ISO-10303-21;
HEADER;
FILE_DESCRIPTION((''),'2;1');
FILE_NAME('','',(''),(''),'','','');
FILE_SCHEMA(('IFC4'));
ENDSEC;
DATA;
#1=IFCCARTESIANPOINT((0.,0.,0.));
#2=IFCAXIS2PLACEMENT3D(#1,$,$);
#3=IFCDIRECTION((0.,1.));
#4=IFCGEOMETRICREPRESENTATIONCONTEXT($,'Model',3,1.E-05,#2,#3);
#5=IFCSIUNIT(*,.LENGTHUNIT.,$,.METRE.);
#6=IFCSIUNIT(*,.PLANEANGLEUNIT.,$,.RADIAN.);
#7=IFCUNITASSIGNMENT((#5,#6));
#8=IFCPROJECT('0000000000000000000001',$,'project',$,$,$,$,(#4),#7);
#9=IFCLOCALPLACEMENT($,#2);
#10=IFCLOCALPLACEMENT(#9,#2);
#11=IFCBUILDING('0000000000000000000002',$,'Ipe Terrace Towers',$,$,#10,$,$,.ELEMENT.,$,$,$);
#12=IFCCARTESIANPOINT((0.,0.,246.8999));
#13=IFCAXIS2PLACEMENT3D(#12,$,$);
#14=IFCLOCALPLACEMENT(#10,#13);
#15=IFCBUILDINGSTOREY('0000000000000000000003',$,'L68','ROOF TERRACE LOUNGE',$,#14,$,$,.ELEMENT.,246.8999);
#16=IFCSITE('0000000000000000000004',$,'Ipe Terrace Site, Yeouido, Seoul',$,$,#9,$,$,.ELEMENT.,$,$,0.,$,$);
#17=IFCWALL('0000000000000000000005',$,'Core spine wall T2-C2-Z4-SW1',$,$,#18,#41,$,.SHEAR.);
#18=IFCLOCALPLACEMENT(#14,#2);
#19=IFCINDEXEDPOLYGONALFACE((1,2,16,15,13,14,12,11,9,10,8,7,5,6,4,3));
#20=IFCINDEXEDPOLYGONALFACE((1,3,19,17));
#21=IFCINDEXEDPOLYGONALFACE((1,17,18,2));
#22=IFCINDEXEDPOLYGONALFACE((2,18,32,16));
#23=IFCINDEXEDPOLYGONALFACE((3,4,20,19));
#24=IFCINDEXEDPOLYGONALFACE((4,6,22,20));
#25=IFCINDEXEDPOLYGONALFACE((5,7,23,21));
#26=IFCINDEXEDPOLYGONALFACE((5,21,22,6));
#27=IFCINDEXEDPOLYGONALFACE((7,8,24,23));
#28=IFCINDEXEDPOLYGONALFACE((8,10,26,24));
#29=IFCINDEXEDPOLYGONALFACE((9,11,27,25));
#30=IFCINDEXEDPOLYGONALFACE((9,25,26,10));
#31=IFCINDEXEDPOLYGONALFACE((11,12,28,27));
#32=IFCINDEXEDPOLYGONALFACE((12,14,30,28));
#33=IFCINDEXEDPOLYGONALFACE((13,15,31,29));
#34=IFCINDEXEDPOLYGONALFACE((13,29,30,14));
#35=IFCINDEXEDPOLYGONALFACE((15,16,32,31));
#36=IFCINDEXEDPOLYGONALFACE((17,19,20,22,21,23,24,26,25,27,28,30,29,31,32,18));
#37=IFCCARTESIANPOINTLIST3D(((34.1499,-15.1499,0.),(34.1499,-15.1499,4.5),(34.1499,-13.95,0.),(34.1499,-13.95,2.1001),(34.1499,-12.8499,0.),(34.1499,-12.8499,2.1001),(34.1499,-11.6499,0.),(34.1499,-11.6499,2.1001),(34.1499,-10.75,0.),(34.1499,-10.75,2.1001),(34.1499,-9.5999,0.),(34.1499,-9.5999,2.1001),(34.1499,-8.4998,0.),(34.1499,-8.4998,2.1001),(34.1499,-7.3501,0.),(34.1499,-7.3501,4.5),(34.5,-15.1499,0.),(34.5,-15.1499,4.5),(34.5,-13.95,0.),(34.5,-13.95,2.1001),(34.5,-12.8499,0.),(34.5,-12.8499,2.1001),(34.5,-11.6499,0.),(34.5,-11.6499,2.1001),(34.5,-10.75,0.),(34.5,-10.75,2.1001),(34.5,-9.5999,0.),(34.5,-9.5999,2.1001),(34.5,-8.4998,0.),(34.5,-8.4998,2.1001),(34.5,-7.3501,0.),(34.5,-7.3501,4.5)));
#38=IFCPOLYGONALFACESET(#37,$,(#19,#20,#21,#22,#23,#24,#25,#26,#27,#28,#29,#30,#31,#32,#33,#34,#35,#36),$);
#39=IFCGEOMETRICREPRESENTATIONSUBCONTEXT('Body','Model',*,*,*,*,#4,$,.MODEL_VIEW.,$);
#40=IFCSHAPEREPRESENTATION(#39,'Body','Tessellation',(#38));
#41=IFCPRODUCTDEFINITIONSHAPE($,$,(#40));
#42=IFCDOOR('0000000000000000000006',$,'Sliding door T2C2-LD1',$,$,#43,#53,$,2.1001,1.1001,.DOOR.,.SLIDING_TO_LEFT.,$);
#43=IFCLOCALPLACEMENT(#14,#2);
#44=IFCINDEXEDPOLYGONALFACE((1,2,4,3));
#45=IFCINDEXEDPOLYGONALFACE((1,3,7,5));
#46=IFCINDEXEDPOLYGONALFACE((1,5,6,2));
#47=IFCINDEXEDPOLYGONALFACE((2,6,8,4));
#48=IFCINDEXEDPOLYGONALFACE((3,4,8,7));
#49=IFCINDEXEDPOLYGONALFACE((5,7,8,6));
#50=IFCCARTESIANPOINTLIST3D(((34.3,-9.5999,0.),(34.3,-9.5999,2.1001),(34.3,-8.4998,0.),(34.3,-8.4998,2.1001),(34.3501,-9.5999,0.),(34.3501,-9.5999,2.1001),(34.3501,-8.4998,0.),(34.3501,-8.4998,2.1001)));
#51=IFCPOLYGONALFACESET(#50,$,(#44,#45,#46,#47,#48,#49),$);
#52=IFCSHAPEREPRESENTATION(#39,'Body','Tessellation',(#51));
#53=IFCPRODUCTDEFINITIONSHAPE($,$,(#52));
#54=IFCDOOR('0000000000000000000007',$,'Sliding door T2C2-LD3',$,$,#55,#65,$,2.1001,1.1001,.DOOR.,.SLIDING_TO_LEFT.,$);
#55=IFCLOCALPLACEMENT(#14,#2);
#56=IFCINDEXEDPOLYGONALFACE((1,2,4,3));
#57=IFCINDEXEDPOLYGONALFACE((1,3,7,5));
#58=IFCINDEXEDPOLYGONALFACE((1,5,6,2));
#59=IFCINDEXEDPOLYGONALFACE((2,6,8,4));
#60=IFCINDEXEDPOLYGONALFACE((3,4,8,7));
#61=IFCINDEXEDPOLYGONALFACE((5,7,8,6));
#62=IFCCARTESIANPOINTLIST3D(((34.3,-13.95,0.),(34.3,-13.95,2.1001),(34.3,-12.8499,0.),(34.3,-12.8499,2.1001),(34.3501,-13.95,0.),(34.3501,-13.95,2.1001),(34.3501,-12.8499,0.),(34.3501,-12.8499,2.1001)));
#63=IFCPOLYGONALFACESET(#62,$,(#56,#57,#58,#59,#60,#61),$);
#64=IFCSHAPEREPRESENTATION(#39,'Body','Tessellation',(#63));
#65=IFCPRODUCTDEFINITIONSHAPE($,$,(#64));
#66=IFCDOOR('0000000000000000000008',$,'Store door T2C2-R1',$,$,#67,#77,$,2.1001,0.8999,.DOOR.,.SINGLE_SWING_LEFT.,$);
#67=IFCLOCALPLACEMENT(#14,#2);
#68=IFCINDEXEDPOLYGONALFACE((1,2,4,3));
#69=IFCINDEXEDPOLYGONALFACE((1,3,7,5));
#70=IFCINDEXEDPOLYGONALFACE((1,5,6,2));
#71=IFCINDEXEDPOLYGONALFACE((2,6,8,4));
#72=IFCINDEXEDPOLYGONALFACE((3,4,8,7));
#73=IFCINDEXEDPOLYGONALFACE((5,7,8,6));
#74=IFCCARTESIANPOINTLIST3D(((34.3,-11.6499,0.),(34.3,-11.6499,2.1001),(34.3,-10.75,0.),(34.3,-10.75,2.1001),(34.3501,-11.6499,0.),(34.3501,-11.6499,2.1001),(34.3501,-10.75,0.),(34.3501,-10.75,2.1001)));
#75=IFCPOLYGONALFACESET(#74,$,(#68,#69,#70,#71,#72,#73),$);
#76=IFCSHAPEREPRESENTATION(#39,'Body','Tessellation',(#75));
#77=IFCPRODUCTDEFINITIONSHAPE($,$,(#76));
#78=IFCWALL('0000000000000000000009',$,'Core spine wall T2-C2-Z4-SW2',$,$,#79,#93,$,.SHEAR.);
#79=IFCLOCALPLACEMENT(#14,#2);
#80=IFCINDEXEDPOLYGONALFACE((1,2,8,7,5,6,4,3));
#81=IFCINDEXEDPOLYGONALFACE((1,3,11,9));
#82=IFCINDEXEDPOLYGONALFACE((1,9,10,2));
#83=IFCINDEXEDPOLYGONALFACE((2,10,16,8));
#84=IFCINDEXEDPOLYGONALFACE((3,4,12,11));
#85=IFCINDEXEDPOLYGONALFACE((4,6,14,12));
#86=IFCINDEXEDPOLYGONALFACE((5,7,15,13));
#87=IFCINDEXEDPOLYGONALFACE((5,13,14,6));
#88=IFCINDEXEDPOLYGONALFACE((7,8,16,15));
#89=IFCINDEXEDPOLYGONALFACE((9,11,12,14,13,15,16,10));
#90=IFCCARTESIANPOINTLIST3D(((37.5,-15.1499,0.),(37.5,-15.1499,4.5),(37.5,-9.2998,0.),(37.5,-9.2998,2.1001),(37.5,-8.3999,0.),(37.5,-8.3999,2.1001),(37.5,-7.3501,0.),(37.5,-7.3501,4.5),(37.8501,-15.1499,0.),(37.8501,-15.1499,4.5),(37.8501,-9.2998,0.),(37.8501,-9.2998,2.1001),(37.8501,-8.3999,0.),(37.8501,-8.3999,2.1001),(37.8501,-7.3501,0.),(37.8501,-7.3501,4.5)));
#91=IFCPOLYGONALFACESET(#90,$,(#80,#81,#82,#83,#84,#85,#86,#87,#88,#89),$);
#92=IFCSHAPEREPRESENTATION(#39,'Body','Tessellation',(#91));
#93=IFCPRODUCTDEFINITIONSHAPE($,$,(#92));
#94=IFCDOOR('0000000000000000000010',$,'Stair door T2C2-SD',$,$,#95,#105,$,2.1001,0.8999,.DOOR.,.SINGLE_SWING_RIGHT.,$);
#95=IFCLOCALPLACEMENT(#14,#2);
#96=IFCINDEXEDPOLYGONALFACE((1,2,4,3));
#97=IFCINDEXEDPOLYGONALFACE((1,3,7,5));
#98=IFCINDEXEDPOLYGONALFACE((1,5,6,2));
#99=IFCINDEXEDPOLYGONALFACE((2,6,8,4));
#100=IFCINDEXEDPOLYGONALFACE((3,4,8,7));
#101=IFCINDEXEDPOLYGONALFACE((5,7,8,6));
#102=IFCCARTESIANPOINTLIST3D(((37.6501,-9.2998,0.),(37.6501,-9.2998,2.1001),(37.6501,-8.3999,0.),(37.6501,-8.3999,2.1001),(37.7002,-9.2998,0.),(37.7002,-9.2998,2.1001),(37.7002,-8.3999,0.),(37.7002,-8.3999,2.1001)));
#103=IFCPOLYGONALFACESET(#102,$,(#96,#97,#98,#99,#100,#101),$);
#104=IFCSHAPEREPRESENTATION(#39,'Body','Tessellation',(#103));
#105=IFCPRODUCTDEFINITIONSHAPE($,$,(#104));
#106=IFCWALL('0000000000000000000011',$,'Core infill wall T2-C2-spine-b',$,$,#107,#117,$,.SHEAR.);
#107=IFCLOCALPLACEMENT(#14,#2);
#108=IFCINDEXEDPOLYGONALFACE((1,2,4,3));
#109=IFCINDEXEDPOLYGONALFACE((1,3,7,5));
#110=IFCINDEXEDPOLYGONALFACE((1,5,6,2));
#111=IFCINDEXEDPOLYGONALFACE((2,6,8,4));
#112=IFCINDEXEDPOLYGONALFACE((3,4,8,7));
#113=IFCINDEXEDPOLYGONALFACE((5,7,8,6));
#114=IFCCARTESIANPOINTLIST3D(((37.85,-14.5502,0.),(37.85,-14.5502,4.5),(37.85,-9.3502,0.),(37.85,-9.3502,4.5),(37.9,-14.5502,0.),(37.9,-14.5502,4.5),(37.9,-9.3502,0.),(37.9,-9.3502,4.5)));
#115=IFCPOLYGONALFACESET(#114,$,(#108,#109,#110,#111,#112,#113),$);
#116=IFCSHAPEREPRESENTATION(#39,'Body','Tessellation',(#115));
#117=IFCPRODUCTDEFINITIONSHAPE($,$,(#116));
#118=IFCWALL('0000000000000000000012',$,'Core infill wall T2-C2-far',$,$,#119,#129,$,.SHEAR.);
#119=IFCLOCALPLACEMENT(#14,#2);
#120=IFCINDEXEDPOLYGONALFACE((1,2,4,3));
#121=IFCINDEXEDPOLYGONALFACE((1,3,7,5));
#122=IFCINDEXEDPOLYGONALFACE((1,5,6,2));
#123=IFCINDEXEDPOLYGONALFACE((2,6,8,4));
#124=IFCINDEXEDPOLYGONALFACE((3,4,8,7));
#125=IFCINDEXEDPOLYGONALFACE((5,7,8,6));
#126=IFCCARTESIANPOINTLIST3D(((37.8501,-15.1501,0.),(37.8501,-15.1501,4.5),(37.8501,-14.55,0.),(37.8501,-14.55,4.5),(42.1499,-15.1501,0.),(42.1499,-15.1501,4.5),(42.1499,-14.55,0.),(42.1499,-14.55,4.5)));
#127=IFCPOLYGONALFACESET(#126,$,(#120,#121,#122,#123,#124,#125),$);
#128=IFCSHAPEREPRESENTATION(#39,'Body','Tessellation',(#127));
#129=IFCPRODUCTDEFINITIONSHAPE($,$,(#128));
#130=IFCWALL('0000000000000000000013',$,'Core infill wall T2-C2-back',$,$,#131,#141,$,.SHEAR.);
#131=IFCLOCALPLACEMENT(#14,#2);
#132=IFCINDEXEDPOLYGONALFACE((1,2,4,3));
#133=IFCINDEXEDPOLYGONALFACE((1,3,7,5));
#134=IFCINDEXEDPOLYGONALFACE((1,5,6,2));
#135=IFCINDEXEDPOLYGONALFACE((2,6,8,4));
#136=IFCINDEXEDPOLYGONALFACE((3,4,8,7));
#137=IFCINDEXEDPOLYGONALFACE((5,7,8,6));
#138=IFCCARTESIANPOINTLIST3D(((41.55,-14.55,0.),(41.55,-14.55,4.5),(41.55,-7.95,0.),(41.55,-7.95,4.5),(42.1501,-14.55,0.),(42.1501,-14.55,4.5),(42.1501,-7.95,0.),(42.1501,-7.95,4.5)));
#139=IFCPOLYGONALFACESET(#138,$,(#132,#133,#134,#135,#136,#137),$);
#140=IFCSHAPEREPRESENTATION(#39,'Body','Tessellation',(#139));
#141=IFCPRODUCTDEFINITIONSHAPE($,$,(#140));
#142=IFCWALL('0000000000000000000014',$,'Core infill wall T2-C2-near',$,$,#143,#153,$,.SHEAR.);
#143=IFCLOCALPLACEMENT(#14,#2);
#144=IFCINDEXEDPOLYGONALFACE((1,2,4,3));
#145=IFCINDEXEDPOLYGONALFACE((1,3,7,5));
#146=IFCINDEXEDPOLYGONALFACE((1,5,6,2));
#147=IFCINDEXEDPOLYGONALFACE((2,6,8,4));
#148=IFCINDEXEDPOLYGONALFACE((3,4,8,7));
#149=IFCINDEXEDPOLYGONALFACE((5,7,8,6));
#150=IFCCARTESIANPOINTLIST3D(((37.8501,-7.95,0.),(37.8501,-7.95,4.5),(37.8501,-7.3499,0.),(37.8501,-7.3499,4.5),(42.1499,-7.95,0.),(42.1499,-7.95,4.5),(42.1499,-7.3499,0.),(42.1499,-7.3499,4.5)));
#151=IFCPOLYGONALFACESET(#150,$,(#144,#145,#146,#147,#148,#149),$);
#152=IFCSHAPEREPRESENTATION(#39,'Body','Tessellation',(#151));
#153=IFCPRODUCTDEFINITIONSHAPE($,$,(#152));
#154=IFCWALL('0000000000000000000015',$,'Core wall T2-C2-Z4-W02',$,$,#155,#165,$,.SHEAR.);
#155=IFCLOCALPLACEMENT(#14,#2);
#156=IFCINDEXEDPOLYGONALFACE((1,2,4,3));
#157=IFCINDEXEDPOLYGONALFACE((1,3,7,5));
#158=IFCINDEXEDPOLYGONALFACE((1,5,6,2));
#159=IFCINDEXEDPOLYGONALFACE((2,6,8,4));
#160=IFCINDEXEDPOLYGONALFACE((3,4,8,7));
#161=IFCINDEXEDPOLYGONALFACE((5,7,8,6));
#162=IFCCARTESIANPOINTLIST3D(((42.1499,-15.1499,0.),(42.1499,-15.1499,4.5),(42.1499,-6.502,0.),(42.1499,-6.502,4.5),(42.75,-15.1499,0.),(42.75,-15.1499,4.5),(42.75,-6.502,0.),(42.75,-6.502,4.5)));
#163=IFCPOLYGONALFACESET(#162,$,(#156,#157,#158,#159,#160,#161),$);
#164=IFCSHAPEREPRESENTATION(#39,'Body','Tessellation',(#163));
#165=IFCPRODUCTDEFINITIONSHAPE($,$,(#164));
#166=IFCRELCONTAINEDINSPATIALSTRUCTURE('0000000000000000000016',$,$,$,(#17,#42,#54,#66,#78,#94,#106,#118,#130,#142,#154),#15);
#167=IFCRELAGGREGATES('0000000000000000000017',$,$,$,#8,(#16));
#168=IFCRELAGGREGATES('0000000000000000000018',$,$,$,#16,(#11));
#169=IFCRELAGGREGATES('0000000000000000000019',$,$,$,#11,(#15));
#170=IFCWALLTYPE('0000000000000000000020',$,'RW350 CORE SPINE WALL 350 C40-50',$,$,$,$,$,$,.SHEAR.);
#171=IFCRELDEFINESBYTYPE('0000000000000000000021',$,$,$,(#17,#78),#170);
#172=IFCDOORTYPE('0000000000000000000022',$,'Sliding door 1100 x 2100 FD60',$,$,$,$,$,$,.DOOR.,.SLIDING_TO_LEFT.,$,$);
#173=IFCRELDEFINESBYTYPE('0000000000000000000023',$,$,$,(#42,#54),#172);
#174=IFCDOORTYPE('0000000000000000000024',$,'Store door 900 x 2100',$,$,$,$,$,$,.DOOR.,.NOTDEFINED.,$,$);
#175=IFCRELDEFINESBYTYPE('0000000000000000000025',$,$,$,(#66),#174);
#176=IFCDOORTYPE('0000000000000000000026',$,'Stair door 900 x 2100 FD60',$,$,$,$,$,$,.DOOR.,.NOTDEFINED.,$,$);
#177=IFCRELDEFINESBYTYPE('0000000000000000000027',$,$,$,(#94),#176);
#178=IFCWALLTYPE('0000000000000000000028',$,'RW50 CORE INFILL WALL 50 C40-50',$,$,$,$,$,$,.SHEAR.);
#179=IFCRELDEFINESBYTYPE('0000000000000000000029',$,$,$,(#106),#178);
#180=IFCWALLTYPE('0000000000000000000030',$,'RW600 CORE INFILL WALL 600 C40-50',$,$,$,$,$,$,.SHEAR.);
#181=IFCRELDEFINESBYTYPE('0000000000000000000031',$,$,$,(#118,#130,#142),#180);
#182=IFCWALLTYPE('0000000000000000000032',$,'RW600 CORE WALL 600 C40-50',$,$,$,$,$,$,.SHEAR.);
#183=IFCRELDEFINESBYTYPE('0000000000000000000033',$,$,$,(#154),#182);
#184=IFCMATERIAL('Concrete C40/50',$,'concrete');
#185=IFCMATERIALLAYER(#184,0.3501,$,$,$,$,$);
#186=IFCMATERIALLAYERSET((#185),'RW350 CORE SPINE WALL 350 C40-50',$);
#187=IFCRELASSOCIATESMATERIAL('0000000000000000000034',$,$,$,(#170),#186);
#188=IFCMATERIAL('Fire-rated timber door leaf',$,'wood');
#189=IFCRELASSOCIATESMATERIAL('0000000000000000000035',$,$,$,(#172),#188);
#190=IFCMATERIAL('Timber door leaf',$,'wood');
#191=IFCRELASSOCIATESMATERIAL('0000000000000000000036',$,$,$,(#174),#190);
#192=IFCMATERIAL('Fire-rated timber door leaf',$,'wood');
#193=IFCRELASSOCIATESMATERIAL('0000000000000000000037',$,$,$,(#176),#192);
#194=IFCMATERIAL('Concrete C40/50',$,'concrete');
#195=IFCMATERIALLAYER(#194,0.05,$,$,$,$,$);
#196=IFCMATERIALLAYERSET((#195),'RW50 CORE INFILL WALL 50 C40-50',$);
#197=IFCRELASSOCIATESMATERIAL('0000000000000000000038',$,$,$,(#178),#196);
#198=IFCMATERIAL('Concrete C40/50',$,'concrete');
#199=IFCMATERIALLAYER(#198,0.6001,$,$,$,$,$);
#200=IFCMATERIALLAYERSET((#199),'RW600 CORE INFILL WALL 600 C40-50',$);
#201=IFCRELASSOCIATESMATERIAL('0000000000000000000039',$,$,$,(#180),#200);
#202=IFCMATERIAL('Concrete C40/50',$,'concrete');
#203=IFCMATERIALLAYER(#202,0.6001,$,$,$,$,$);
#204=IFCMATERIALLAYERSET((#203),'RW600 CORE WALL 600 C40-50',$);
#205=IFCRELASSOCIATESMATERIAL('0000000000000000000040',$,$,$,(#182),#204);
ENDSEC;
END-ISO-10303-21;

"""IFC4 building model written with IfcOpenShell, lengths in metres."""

from ifc_helpers import new_model, si_unit, direction, frame, frame_2d, origin, place, context, subcontext, project, spatial, rectangle, extrude, material, layer, layer_set, type_object, element, fill, save


model = new_model("IFC4")

# Units and contexts
model_context = context("Model", 3, precision=1e-05, world=origin(), true_north=direction((0.0, 1.0)))
body_context = subcontext(model_context, "Body", "Model", "MODEL_VIEW")
ifc_project = project(units=[si_unit("LENGTHUNIT", "METRE"), si_unit("PLANEANGLEUNIT", "RADIAN")], contexts=[model_context])

# Site, building, storey
site_placement = place(None, origin())
site = spatial("IfcSite", under=ifc_project, at=site_placement, Name="Ipe Terrace Site, Yeouido, Seoul", CompositionType="ELEMENT", RefElevation=0.0)
building_placement = place(site_placement, origin())
building = spatial("IfcBuilding", under=site, at=building_placement, Name="Ipe Terrace Towers", CompositionType="ELEMENT")
storey_placement = place(building_placement, frame((0.0, 0.0, 246.8999)))
storey = spatial("IfcBuildingStorey", under=building, at=storey_placement, Name="L68", Description="ROOF TERRACE LOUNGE", CompositionType="ELEMENT", Elevation=246.8999)

# Wall, openings, doors
ifc_material_1 = material(Name="Concrete C40/50", Category="concrete")
ifc_layer_1 = layer(ifc_material_1, 0.3501)
ifc_layer_set_1 = layer_set([ifc_layer_1], Name="RW350 CORE SPINE WALL 350 C40-50")
wall_type_1 = type_object("IfcWallType", Name="RW350 CORE SPINE WALL 350 C40-50", PredefinedType="SHEAR", material=ifc_layer_set_1)
wall_1_placement = place(storey_placement, frame((34.325, -15.1499, 0.0), z_axis=(0.0, 0.0, 1.0), x_axis=(0.0, 1.0, 0.0)))
wall_1 = element("IfcWall", 1, at=wall_1_placement, inside=storey, type_object=wall_type_1, Name="Core spine wall T2-C2-Z4-SW1", PredefinedType="SHEAR", context=body_context, shape_type="SweptSolid", body=[
    extrude(rectangle(XDim=7.7998, YDim=0.3501, at=frame_2d((3.8999, 0.0))), origin(), (0.0, 0.0, 1.0), 4.5),
])
opening_1_placement = place(wall_1_placement, frame((5.55, 0.0, 0.0)))
opening_1 = element("IfcOpeningElement", 2, at=opening_1_placement, cuts=wall_1, PredefinedType="OPENING", context=body_context, shape_type="SweptSolid", body=[
    extrude(rectangle(XDim=1.1001, YDim=2.1001, at=frame_2d((0.55, 1.05))), frame((0.0, 0.1851, 0.0), z_axis=(0.0, -1.0, 0.0), x_axis=(1.0, 0.0, 0.0)), (0.0, 0.0, 1.0), 0.3701),
])
opening_2_placement = place(wall_1_placement, frame((1.2, 0.0, 0.0)))
opening_2 = element("IfcOpeningElement", 3, at=opening_2_placement, cuts=wall_1, PredefinedType="OPENING", context=body_context, shape_type="SweptSolid", body=[
    extrude(rectangle(XDim=1.1001, YDim=2.1001, at=frame_2d((0.55, 1.05))), frame((0.0, 0.1851, 0.0), z_axis=(0.0, -1.0, 0.0), x_axis=(1.0, 0.0, 0.0)), (0.0, 0.0, 1.0), 0.3701),
])
opening_3_placement = place(wall_1_placement, frame((3.5, 0.0, 0.0)))
opening_3 = element("IfcOpeningElement", 4, at=opening_3_placement, cuts=wall_1, PredefinedType="OPENING", context=body_context, shape_type="SweptSolid", body=[
    extrude(rectangle(XDim=0.8999, YDim=2.1001, at=frame_2d((0.45, 1.05))), frame((0.0, 0.1851, 0.0), z_axis=(0.0, -1.0, 0.0), x_axis=(1.0, 0.0, 0.0)), (0.0, 0.0, 1.0), 0.3701),
])
ifc_material_2 = material(Name="Fire-rated timber door leaf", Category="wood")
door_type_1 = type_object("IfcDoorType", Name="Sliding door 1100 x 2100 FD60", OperationType="SLIDING_TO_LEFT", PredefinedType="DOOR", material=ifc_material_2)
door_1_placement = place(opening_1_placement, origin())
door_1 = element("IfcDoor", 5, at=door_1_placement, inside=storey, type_object=door_type_1, Name="Sliding door T2C2-LD1", OperationType="SLIDING_TO_LEFT", OverallHeight=2.1001, OverallWidth=1.1001, PredefinedType="DOOR", context=body_context, shape_type="SweptSolid", body=[
    extrude(rectangle(XDim=1.1001, YDim=2.1001, at=frame_2d((0.55, 1.05))), frame((0.0, 0.0249, 0.0), z_axis=(0.0, -1.0, 0.0), x_axis=(1.0, 0.0, 0.0)), (0.0, 0.0, 1.0), 0.05),
])
fill(opening_1, door_1)
door_2_placement = place(opening_2_placement, origin())
door_2 = element("IfcDoor", 6, at=door_2_placement, inside=storey, type_object=door_type_1, Name="Sliding door T2C2-LD3", OperationType="SLIDING_TO_LEFT", OverallHeight=2.1001, OverallWidth=1.1001, PredefinedType="DOOR", context=body_context, shape_type="SweptSolid", body=[
    extrude(rectangle(XDim=1.1001, YDim=2.1001, at=frame_2d((0.55, 1.05))), frame((0.0, 0.0249, 0.0), z_axis=(0.0, -1.0, 0.0), x_axis=(1.0, 0.0, 0.0)), (0.0, 0.0, 1.0), 0.05),
])
fill(opening_2, door_2)
ifc_material_3 = material(Name="Timber door leaf", Category="wood")
door_type_2 = type_object("IfcDoorType", Name="Store door 900 x 2100", OperationType="NOTDEFINED", PredefinedType="DOOR", material=ifc_material_3)
door_3_placement = place(opening_3_placement, origin())
door_3 = element("IfcDoor", 7, at=door_3_placement, inside=storey, type_object=door_type_2, Name="Store door T2C2-R1", OperationType="SINGLE_SWING_LEFT", OverallHeight=2.1001, OverallWidth=0.8999, PredefinedType="DOOR", context=body_context, shape_type="SweptSolid", body=[
    extrude(rectangle(XDim=0.8999, YDim=2.1001, at=frame_2d((0.45, 1.05))), frame((0.0, 0.0249, 0.0), z_axis=(0.0, -1.0, 0.0), x_axis=(1.0, 0.0, 0.0)), (0.0, 0.0, 1.0), 0.05),
])
fill(opening_3, door_3)

# Wall, opening, door
wall_2_placement = place(storey_placement, frame((37.675, -15.1499, 0.0), z_axis=(0.0, 0.0, 1.0), x_axis=(0.0, 1.0, 0.0)))
wall_2 = element("IfcWall", 8, at=wall_2_placement, inside=storey, type_object=wall_type_1, Name="Core spine wall T2-C2-Z4-SW2", PredefinedType="SHEAR", context=body_context, shape_type="SweptSolid", body=[
    extrude(rectangle(XDim=7.7998, YDim=0.3501, at=frame_2d((3.8999, 0.0))), origin(), (0.0, 0.0, 1.0), 4.5),
])
opening_4_placement = place(wall_2_placement, frame((5.8501, 0.0, 0.0)))
opening_4 = element("IfcOpeningElement", 9, at=opening_4_placement, cuts=wall_2, PredefinedType="OPENING", context=body_context, shape_type="SweptSolid", body=[
    extrude(rectangle(XDim=0.8999, YDim=2.1001, at=frame_2d((0.45, 1.05))), frame((0.0, 0.1851, 0.0), z_axis=(0.0, -1.0, 0.0), x_axis=(1.0, 0.0, 0.0)), (0.0, 0.0, 1.0), 0.3701),
])
ifc_material_4 = material(Name="Fire-rated timber door leaf", Category="wood")
door_type_3 = type_object("IfcDoorType", Name="Stair door 900 x 2100 FD60", OperationType="NOTDEFINED", PredefinedType="DOOR", material=ifc_material_4)
door_4_placement = place(opening_4_placement, origin())
door_4 = element("IfcDoor", 10, at=door_4_placement, inside=storey, type_object=door_type_3, Name="Stair door T2C2-SD", OperationType="SINGLE_SWING_RIGHT", OverallHeight=2.1001, OverallWidth=0.8999, PredefinedType="DOOR", context=body_context, shape_type="SweptSolid", body=[
    extrude(rectangle(XDim=0.8999, YDim=2.1001, at=frame_2d((0.45, 1.05))), frame((0.0, 0.0249, 0.0), z_axis=(0.0, -1.0, 0.0), x_axis=(1.0, 0.0, 0.0)), (0.0, 0.0, 1.0), 0.05),
])
fill(opening_4, door_4)

# Walls
ifc_material_5 = material(Name="Concrete C40/50", Category="concrete")
ifc_layer_2 = layer(ifc_material_5, 0.05)
ifc_layer_set_2 = layer_set([ifc_layer_2], Name="RW50 CORE INFILL WALL 50 C40-50")
wall_type_2 = type_object("IfcWallType", Name="RW50 CORE INFILL WALL 50 C40-50", PredefinedType="SHEAR", material=ifc_layer_set_2)
wall_3_placement = place(storey_placement, frame((37.875, -9.3501, 0.0), z_axis=(0.0, 0.0, 1.0), x_axis=(0.0, -1.0, 0.0)))
element("IfcWall", 11, at=wall_3_placement, inside=storey, type_object=wall_type_2, Name="Core infill wall T2-C2-spine-b", PredefinedType="SHEAR", context=body_context, shape_type="SweptSolid", body=[
    extrude(rectangle(XDim=5.2, YDim=0.05, at=frame_2d((2.6001, 0.0))), origin(), (0.0, 0.0, 1.0), 4.5),
])
ifc_material_6 = material(Name="Concrete C40/50", Category="concrete")
ifc_layer_3 = layer(ifc_material_6, 0.6001)
ifc_layer_set_3 = layer_set([ifc_layer_3], Name="RW600 CORE INFILL WALL 600 C40-50")
wall_type_3 = type_object("IfcWallType", Name="RW600 CORE INFILL WALL 600 C40-50", PredefinedType="SHEAR", material=ifc_layer_set_3)
wall_4_placement = place(storey_placement, frame((37.8501, -14.8501, 0.0), z_axis=(0.0, 0.0, 1.0), x_axis=(1.0, 0.0, 0.0)))
element("IfcWall", 12, at=wall_4_placement, inside=storey, type_object=wall_type_3, Name="Core infill wall T2-C2-far", PredefinedType="SHEAR", context=body_context, shape_type="SweptSolid", body=[
    extrude(rectangle(XDim=4.2998, YDim=0.6001, at=frame_2d((2.1499, 0.0))), origin(), (0.0, 0.0, 1.0), 4.5),
])
wall_5_placement = place(storey_placement, frame((41.8501, -7.95, 0.0), z_axis=(0.0, 0.0, 1.0), x_axis=(0.0, -1.0, 0.0)))
element("IfcWall", 13, at=wall_5_placement, inside=storey, type_object=wall_type_3, Name="Core infill wall T2-C2-back", PredefinedType="SHEAR", context=body_context, shape_type="SweptSolid", body=[
    extrude(rectangle(XDim=6.6001, YDim=0.6001, at=frame_2d((3.3, 0.0))), origin(), (0.0, 0.0, 1.0), 4.5),
])
wall_6_placement = place(storey_placement, frame((37.8501, -7.6499, 0.0), z_axis=(0.0, 0.0, 1.0), x_axis=(1.0, 0.0, 0.0)))
element("IfcWall", 14, at=wall_6_placement, inside=storey, type_object=wall_type_3, Name="Core infill wall T2-C2-near", PredefinedType="SHEAR", context=body_context, shape_type="SweptSolid", body=[
    extrude(rectangle(XDim=4.2998, YDim=0.6001, at=frame_2d((2.1499, 0.0))), origin(), (0.0, 0.0, 1.0), 4.5),
])
ifc_material_7 = material(Name="Concrete C40/50", Category="concrete")
ifc_layer_4 = layer(ifc_material_7, 0.6001)
ifc_layer_set_4 = layer_set([ifc_layer_4], Name="RW600 CORE WALL 600 C40-50")
wall_type_4 = type_object("IfcWallType", Name="RW600 CORE WALL 600 C40-50", PredefinedType="SHEAR", material=ifc_layer_set_4)
wall_7_placement = place(storey_placement, frame((42.45, -15.1499, 0.0), z_axis=(0.0, 0.0, 1.0), x_axis=(0.0, 1.0, 0.0)))
element("IfcWall", 15, at=wall_7_placement, inside=storey, type_object=wall_type_4, Name="Core wall T2-C2-Z4-W02", PredefinedType="SHEAR", context=body_context, shape_type="SweptSolid", body=[
    extrude(rectangle(XDim=8.6479, YDim=0.6001, at=frame_2d((4.324, 0.0))), origin(), (0.0, 0.0, 1.0), 4.5),
])

save(model, "model.ifc")
